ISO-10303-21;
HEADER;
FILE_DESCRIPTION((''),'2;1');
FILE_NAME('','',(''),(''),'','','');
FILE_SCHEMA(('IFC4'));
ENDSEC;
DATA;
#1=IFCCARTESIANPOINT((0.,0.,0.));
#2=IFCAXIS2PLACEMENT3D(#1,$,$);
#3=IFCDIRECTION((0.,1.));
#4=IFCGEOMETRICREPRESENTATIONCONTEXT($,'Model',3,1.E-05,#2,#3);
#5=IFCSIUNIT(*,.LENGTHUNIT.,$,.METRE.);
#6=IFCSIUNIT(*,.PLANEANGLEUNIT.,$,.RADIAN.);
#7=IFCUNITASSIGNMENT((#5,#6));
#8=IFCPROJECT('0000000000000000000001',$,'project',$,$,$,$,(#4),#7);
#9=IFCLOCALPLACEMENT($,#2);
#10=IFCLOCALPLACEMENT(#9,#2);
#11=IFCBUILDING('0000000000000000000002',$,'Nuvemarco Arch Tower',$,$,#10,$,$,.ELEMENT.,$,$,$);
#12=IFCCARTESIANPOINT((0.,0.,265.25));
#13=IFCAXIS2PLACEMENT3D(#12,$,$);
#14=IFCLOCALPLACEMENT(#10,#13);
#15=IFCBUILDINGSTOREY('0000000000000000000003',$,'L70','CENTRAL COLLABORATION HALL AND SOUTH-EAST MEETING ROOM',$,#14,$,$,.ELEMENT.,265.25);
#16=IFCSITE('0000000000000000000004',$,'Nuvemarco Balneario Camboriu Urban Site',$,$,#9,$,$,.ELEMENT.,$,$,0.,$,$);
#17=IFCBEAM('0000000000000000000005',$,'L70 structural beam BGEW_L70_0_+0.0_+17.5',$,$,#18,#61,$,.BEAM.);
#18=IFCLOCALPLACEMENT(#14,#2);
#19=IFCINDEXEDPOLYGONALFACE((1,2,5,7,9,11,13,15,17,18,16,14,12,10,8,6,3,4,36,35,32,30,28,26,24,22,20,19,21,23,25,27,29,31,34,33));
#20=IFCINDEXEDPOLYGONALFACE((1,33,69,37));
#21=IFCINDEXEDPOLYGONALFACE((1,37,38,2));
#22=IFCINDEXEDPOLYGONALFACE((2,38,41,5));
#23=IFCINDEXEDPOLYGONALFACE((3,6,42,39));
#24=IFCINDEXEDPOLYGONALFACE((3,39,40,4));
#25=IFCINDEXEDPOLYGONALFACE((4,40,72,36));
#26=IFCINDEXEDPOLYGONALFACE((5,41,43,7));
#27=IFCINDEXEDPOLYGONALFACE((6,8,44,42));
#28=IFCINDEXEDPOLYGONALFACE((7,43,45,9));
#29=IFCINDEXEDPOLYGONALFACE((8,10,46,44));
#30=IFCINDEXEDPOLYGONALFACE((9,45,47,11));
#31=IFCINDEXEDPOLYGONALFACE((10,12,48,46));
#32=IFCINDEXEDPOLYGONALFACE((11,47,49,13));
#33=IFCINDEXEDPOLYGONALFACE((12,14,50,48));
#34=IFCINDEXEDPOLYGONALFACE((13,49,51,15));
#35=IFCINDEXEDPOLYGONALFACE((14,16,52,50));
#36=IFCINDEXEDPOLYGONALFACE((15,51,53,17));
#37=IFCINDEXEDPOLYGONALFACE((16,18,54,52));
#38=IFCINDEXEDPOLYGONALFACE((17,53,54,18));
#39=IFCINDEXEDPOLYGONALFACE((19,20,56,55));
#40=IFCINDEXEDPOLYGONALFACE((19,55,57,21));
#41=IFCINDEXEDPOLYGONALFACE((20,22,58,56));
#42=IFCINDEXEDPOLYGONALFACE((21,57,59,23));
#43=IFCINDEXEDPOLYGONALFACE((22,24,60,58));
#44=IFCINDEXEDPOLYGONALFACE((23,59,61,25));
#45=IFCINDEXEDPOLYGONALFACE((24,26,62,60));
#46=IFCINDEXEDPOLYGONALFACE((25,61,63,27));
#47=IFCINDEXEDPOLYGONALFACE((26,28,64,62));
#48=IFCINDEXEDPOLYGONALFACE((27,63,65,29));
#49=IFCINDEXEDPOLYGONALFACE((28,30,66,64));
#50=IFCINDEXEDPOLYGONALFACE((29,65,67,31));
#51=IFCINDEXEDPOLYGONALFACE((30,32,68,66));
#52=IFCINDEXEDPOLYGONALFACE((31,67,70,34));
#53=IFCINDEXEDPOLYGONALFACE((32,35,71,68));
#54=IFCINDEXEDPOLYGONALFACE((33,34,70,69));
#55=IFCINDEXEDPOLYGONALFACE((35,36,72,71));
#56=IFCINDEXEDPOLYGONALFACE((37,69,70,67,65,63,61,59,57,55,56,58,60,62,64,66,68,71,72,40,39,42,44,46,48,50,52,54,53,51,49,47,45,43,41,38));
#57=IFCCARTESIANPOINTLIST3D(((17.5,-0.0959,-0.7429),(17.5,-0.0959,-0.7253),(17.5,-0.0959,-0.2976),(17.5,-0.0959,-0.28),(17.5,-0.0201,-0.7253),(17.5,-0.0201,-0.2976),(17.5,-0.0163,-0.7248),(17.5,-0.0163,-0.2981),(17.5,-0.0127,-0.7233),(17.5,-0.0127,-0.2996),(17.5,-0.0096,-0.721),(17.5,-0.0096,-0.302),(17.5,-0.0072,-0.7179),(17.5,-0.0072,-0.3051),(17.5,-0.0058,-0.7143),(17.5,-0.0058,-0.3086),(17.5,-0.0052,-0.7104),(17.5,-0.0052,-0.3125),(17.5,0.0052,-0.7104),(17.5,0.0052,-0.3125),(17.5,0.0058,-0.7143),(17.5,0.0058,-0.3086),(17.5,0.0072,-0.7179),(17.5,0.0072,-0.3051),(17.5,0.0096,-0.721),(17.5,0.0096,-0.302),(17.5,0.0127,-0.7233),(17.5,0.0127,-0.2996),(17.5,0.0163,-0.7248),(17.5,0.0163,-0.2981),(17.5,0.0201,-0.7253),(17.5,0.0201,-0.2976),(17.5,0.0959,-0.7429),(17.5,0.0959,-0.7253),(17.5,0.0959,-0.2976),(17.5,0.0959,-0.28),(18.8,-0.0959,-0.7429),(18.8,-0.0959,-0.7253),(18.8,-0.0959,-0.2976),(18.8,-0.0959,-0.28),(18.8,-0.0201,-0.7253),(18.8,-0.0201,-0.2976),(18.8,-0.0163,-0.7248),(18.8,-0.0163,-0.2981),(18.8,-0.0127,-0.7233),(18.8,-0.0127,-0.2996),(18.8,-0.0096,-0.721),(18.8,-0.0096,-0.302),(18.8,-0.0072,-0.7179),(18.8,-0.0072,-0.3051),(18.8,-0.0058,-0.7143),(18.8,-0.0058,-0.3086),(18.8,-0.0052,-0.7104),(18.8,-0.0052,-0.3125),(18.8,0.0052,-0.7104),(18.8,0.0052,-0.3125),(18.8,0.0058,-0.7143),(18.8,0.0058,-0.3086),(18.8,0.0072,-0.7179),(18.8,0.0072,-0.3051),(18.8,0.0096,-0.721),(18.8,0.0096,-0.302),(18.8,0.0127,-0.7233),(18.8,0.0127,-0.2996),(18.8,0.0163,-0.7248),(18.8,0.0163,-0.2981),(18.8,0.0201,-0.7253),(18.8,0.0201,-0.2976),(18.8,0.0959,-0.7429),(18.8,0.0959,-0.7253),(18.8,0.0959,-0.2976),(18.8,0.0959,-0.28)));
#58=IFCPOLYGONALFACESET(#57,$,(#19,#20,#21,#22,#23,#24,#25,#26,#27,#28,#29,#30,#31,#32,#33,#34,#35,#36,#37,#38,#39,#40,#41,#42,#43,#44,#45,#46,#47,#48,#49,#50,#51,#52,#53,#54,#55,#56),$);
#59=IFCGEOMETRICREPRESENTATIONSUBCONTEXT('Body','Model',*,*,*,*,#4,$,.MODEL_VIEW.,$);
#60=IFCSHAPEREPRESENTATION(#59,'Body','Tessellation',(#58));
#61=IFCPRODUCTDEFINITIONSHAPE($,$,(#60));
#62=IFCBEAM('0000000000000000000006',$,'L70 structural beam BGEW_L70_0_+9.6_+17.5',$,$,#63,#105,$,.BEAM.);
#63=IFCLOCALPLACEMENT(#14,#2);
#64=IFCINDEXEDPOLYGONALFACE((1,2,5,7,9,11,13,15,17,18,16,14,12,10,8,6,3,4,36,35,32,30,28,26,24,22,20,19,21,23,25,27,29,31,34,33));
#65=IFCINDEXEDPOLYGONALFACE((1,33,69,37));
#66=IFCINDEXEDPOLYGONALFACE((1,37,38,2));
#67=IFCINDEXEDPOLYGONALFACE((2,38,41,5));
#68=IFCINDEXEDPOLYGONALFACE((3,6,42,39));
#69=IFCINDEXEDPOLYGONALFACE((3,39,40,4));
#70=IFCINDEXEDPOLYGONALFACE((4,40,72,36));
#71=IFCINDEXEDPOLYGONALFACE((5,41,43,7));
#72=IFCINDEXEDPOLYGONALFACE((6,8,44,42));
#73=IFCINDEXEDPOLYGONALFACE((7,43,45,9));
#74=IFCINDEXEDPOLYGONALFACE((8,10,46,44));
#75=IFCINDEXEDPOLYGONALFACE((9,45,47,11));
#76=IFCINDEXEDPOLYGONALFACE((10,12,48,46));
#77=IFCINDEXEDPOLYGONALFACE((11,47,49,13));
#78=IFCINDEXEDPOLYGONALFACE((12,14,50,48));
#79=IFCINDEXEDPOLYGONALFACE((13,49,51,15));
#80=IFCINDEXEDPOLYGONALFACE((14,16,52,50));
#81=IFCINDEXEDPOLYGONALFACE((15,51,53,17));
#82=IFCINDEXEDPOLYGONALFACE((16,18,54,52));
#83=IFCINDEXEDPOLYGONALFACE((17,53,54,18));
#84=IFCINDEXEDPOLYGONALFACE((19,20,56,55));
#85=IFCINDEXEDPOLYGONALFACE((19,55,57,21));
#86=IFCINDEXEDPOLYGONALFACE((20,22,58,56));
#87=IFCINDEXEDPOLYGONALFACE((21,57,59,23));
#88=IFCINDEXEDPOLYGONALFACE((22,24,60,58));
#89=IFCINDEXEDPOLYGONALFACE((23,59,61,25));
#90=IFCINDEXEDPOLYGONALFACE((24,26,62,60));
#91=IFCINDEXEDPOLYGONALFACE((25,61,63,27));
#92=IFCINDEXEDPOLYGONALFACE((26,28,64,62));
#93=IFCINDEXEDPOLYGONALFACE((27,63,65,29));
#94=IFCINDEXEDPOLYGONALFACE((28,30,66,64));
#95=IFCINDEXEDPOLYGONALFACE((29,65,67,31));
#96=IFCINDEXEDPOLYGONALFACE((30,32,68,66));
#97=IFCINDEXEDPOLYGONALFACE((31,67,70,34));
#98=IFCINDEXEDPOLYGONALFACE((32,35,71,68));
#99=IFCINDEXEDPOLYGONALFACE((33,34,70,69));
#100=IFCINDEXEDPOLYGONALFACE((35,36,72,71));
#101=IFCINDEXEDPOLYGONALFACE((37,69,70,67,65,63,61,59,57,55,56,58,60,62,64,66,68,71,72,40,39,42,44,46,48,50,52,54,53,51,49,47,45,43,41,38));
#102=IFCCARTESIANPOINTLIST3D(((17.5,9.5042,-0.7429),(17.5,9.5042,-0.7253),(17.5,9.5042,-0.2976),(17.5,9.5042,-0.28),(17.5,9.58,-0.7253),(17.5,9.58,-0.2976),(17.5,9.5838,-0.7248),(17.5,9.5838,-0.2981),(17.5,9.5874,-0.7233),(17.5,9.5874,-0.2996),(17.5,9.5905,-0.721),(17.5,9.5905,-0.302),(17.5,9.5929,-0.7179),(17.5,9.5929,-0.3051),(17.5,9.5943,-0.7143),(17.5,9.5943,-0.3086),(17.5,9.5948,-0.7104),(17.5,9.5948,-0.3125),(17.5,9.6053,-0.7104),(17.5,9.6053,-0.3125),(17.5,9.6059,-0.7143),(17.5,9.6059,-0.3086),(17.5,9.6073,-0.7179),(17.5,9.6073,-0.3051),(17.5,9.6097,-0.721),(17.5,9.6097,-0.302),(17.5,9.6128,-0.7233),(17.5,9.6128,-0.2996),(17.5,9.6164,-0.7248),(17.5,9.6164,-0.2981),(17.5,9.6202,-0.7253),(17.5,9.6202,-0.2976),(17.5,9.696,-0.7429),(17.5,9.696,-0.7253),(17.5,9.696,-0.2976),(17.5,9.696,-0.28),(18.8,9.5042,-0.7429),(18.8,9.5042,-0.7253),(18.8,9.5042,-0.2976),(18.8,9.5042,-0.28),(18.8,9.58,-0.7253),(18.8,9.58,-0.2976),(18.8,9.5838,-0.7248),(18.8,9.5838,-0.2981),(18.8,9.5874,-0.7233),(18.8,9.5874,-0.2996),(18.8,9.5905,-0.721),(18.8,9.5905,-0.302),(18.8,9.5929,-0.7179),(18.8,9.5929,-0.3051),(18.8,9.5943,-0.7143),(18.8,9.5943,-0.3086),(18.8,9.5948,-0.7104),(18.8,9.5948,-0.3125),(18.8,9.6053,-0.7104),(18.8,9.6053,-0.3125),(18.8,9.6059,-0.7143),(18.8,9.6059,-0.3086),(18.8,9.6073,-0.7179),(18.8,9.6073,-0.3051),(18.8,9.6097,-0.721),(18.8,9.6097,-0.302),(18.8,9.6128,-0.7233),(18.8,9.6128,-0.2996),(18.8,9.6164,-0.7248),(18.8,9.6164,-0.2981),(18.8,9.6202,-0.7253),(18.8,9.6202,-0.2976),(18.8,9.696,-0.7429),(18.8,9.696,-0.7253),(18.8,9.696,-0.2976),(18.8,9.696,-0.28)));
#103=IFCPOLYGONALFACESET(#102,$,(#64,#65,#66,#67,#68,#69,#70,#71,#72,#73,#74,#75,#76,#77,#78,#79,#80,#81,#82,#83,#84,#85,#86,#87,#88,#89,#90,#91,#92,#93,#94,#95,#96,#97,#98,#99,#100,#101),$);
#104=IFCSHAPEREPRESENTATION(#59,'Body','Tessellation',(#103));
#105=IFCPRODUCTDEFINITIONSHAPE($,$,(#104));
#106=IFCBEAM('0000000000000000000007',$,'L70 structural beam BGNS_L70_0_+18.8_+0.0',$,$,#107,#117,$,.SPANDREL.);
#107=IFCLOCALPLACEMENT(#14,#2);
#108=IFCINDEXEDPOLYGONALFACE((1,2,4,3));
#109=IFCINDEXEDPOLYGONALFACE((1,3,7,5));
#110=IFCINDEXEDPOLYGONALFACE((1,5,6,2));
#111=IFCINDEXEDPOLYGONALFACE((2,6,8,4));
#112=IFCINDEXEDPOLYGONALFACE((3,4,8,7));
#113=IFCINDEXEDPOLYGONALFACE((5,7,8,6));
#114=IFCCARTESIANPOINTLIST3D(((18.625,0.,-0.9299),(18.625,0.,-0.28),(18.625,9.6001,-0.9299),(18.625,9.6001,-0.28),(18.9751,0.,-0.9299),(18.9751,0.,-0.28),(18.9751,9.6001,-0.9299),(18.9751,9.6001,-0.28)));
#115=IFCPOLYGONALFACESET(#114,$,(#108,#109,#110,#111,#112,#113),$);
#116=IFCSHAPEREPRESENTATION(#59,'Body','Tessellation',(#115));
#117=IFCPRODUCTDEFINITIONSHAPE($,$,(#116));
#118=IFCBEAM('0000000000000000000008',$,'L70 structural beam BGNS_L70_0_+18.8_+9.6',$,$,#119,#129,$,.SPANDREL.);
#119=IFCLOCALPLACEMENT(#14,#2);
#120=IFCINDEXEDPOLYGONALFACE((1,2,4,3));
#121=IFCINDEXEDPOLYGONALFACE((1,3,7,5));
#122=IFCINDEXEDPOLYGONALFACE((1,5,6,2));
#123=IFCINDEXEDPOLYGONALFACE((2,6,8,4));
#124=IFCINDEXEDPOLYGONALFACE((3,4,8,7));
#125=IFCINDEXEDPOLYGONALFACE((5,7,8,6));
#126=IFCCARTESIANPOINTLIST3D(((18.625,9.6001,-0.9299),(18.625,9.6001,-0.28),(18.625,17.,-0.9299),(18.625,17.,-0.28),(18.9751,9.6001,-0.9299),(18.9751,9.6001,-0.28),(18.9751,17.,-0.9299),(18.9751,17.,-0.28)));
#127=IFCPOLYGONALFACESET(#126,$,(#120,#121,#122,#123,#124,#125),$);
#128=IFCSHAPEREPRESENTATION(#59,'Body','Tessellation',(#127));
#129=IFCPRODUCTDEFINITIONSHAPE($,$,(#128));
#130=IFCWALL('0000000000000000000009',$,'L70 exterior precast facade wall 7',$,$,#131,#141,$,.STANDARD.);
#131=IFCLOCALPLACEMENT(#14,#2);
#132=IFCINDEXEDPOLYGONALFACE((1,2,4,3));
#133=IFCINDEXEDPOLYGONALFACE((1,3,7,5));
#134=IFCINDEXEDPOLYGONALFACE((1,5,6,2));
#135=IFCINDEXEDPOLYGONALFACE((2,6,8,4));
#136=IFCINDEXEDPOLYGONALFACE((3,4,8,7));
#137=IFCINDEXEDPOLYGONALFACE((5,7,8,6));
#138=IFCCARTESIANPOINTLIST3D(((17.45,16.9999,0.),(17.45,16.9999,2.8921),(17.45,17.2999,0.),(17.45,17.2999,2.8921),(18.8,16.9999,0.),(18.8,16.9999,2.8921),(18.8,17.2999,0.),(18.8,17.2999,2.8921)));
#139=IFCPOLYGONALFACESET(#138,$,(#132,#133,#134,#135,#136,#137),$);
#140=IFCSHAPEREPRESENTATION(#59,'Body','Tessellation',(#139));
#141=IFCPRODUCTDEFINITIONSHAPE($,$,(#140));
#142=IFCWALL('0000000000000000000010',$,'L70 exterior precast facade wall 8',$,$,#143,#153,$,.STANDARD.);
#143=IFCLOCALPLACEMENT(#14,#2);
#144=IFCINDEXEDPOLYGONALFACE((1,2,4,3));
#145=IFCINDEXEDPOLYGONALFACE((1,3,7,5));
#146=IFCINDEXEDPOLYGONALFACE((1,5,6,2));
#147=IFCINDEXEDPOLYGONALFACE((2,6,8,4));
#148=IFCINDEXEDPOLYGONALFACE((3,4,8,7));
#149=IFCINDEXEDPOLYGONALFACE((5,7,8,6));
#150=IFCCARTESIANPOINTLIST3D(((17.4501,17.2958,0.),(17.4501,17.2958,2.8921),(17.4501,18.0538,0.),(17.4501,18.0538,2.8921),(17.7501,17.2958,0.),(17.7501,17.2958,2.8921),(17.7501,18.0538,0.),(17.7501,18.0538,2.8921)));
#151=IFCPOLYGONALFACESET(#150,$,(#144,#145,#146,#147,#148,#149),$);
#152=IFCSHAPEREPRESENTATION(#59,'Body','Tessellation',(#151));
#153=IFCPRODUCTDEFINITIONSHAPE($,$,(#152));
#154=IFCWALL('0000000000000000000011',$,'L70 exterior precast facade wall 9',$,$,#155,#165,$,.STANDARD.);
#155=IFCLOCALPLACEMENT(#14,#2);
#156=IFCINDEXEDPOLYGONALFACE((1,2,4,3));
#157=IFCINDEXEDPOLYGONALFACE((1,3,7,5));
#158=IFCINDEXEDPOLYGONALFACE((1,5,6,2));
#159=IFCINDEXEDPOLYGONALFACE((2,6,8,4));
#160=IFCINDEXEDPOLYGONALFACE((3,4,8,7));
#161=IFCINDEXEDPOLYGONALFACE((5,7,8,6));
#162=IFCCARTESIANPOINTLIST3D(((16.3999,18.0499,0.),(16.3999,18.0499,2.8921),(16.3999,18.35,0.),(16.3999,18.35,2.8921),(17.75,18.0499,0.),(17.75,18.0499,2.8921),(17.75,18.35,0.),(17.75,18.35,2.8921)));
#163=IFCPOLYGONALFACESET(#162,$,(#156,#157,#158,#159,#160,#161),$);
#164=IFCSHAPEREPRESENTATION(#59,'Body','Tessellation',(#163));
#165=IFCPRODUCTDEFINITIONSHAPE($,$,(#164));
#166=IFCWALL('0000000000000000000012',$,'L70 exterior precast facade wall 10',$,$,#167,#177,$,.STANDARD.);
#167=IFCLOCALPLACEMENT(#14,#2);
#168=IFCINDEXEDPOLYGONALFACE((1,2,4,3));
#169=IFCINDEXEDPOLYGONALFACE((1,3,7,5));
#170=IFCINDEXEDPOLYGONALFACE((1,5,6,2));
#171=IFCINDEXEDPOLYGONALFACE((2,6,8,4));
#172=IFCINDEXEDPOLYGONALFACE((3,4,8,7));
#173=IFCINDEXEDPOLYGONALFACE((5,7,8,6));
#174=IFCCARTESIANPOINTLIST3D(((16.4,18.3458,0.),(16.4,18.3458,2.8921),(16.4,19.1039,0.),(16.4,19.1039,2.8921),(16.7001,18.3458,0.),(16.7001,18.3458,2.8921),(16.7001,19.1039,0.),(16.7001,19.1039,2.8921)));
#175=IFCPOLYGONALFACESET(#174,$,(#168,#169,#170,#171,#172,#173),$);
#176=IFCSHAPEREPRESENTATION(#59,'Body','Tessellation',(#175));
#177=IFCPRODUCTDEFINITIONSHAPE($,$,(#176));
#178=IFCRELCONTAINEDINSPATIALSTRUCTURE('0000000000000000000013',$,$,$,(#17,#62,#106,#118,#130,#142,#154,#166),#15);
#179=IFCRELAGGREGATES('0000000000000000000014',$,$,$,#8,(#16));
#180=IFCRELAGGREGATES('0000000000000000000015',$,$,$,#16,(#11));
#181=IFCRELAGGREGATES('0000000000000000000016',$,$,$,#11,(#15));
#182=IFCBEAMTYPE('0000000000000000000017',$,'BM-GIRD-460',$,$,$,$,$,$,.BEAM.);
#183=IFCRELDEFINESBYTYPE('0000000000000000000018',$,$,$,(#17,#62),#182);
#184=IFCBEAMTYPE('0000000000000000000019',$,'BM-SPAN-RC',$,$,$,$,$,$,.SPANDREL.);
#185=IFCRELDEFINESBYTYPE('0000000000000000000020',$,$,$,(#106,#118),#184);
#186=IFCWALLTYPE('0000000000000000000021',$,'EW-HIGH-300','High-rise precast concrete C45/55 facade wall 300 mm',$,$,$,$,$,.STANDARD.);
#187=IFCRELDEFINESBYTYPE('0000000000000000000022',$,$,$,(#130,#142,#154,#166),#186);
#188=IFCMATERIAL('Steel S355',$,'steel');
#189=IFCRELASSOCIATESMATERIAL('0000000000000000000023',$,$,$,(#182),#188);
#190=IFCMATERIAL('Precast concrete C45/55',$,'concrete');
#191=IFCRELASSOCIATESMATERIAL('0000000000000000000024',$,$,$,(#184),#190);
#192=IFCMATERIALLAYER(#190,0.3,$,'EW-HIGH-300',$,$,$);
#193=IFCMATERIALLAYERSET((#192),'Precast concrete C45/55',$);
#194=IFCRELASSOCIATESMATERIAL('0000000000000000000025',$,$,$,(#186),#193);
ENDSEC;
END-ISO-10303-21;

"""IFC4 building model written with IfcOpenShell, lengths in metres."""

from ifc_helpers import new_model, si_unit, direction, frame, frame_2d, origin, origin_2d, place, context, subcontext, project, spatial, rectangle, i_section, extrude, material, layer, layer_set, material_profile, profile_set, type_object, element, save


model = new_model("IFC4")

# Units and contexts
model_context = context("Model", 3, precision=1e-05, world=origin(), true_north=direction((0.0, 1.0)))
body_context = subcontext(model_context, "Body", "Model", "MODEL_VIEW")
ifc_project = project(units=[si_unit("LENGTHUNIT", "METRE"), si_unit("PLANEANGLEUNIT", "RADIAN")], contexts=[model_context])

# Site, building, storey
site_placement = place(None, origin())
site = spatial("IfcSite", under=ifc_project, at=site_placement, Name="Nuvemarco Balneario Camboriu Urban Site", CompositionType="ELEMENT", RefElevation=0.0)
building_placement = place(site_placement, origin())
building = spatial("IfcBuilding", under=site, at=building_placement, Name="Nuvemarco Arch Tower", CompositionType="ELEMENT")
storey_placement = place(building_placement, frame((0.0, 0.0, 265.25)))
storey = spatial("IfcBuildingStorey", under=building, at=storey_placement, Name="L70", Description="CENTRAL COLLABORATION HALL AND SOUTH-EAST MEETING ROOM", CompositionType="ELEMENT", Elevation=265.25)

# Shared definitions
ifc_material_1 = material(Name="Steel S355", Category="steel")

# Beams
ifc_material_profile_1 = material_profile(ifc_material_1, i_section(OverallWidth=0.1919, OverallDepth=0.4629, WebThickness=0.0105, FlangeThickness=0.0176, FilletRadius=0.0149, at=origin_2d()), Name="W460x89")
ifc_profile_set_1 = profile_set([ifc_material_profile_1], Name="Steel S355")
beam_type_1 = type_object("IfcBeamType", Name="BM-GIRD-460", PredefinedType="BEAM", material=ifc_profile_set_1)
for number, where, z_axis, x_axis, name in (
    (1, (17.5, 0.0, -0.5115), (1.0, 0.0, 0.0), (0.0, 1.0, 0.0), "L70 structural beam BGEW_L70_0_+0.0_+17.5"),
    (2, (17.5, 9.6001, -0.5115), (1.0, 0.0, 0.0), (0.0, 1.0, 0.0), "L70 structural beam BGEW_L70_0_+9.6_+17.5"),
):
    element("IfcBeam", number, at=place(storey_placement, frame(where, z_axis=z_axis, x_axis=x_axis)), inside=storey, type_object=beam_type_1, Name=name, PredefinedType="BEAM", context=body_context, shape_type="SweptSolid", body=[
        extrude(i_section(OverallWidth=0.1919, OverallDepth=0.4629, WebThickness=0.0105, FlangeThickness=0.0176, FilletRadius=0.0149, at=origin_2d()), origin(), (0.0, 0.0, 1.0), 1.3),
    ])
ifc_material_2 = material(Name="Precast concrete C45/55", Category="concrete")
ifc_material_profile_2 = material_profile(ifc_material_2, rectangle(XDim=0.3501, YDim=0.6499, at=origin_2d()), Name="PC-SP-350x650")
ifc_profile_set_2 = profile_set([ifc_material_profile_2], Name="Precast concrete C45/55")
beam_type_2 = type_object("IfcBeamType", Name="BM-SPAN-RC", PredefinedType="SPANDREL", material=ifc_profile_set_2)
beam_1_placement = place(storey_placement, frame((18.8, 0.0, -0.605), z_axis=(0.0, 1.0, 0.0), x_axis=(-1.0, 0.0, 0.0)))
element("IfcBeam", 3, at=beam_1_placement, inside=storey, type_object=beam_type_2, Name="L70 structural beam BGNS_L70_0_+18.8_+0.0", PredefinedType="SPANDREL", context=body_context, shape_type="SweptSolid", body=[
    extrude(rectangle(XDim=0.3501, YDim=0.6499, at=origin_2d()), origin(), (0.0, 0.0, 1.0), 9.6001),
])
beam_2_placement = place(storey_placement, frame((18.8, 9.6001, -0.605), z_axis=(0.0, 1.0, 0.0), x_axis=(-1.0, 0.0, 0.0)))
element("IfcBeam", 4, at=beam_2_placement, inside=storey, type_object=beam_type_2, Name="L70 structural beam BGNS_L70_0_+18.8_+9.6", PredefinedType="SPANDREL", context=body_context, shape_type="SweptSolid", body=[
    extrude(rectangle(XDim=0.3501, YDim=0.6499, at=origin_2d()), origin(), (0.0, 0.0, 1.0), 7.3999),
])

# Walls
ifc_layer_1 = layer(ifc_material_2, 0.3, Name="EW-HIGH-300")
ifc_layer_set_1 = layer_set([ifc_layer_1], Name="Precast concrete C45/55")
wall_type_1 = type_object("IfcWallType", Name="EW-HIGH-300", Description="High-rise precast concrete C45/55 facade wall 300 mm", PredefinedType="STANDARD", material=ifc_layer_set_1)
wall_1_placement = place(storey_placement, frame((17.45, 17.1499, 0.0), z_axis=(0.0, 0.0, 1.0), x_axis=(1.0, 0.0, 0.0)))
element("IfcWall", 5, at=wall_1_placement, inside=storey, type_object=wall_type_1, Name="L70 exterior precast facade wall 7", PredefinedType="STANDARD", context=body_context, shape_type="SweptSolid", body=[
    extrude(rectangle(XDim=1.3501, YDim=0.3, at=frame_2d((0.675, 0.0))), origin(), (0.0, 0.0, 1.0), 2.8921),
])
wall_2_placement = place(storey_placement, frame((17.6001, 17.2959, 0.0), z_axis=(0.0, 0.0, 1.0), x_axis=(0.0, 1.0, 0.0)))
element("IfcWall", 6, at=wall_2_placement, inside=storey, type_object=wall_type_1, Name="L70 exterior precast facade wall 8", PredefinedType="STANDARD", context=body_context, shape_type="SweptSolid", body=[
    extrude(rectangle(XDim=0.7581, YDim=0.3, at=frame_2d((0.3789, 0.0))), origin(), (0.0, 0.0, 1.0), 2.8921),
])
wall_3_placement = place(storey_placement, frame((16.3999, 18.2, 0.0), z_axis=(0.0, 0.0, 1.0), x_axis=(1.0, 0.0, 0.0)))
element("IfcWall", 7, at=wall_3_placement, inside=storey, type_object=wall_type_1, Name="L70 exterior precast facade wall 9", PredefinedType="STANDARD", context=body_context, shape_type="SweptSolid", body=[
    extrude(rectangle(XDim=1.3501, YDim=0.3, at=frame_2d((0.675, 0.0))), origin(), (0.0, 0.0, 1.0), 2.8921),
])
wall_4_placement = place(storey_placement, frame((16.55, 18.3459, 0.0), z_axis=(0.0, 0.0, 1.0), x_axis=(0.0, 1.0, 0.0)))
element("IfcWall", 8, at=wall_4_placement, inside=storey, type_object=wall_type_1, Name="L70 exterior precast facade wall 10", PredefinedType="STANDARD", context=body_context, shape_type="SweptSolid", body=[
    extrude(rectangle(XDim=0.7581, YDim=0.3, at=frame_2d((0.3789, 0.0))), origin(), (0.0, 0.0, 1.0), 2.8921),
])

save(model, "model.ifc")
